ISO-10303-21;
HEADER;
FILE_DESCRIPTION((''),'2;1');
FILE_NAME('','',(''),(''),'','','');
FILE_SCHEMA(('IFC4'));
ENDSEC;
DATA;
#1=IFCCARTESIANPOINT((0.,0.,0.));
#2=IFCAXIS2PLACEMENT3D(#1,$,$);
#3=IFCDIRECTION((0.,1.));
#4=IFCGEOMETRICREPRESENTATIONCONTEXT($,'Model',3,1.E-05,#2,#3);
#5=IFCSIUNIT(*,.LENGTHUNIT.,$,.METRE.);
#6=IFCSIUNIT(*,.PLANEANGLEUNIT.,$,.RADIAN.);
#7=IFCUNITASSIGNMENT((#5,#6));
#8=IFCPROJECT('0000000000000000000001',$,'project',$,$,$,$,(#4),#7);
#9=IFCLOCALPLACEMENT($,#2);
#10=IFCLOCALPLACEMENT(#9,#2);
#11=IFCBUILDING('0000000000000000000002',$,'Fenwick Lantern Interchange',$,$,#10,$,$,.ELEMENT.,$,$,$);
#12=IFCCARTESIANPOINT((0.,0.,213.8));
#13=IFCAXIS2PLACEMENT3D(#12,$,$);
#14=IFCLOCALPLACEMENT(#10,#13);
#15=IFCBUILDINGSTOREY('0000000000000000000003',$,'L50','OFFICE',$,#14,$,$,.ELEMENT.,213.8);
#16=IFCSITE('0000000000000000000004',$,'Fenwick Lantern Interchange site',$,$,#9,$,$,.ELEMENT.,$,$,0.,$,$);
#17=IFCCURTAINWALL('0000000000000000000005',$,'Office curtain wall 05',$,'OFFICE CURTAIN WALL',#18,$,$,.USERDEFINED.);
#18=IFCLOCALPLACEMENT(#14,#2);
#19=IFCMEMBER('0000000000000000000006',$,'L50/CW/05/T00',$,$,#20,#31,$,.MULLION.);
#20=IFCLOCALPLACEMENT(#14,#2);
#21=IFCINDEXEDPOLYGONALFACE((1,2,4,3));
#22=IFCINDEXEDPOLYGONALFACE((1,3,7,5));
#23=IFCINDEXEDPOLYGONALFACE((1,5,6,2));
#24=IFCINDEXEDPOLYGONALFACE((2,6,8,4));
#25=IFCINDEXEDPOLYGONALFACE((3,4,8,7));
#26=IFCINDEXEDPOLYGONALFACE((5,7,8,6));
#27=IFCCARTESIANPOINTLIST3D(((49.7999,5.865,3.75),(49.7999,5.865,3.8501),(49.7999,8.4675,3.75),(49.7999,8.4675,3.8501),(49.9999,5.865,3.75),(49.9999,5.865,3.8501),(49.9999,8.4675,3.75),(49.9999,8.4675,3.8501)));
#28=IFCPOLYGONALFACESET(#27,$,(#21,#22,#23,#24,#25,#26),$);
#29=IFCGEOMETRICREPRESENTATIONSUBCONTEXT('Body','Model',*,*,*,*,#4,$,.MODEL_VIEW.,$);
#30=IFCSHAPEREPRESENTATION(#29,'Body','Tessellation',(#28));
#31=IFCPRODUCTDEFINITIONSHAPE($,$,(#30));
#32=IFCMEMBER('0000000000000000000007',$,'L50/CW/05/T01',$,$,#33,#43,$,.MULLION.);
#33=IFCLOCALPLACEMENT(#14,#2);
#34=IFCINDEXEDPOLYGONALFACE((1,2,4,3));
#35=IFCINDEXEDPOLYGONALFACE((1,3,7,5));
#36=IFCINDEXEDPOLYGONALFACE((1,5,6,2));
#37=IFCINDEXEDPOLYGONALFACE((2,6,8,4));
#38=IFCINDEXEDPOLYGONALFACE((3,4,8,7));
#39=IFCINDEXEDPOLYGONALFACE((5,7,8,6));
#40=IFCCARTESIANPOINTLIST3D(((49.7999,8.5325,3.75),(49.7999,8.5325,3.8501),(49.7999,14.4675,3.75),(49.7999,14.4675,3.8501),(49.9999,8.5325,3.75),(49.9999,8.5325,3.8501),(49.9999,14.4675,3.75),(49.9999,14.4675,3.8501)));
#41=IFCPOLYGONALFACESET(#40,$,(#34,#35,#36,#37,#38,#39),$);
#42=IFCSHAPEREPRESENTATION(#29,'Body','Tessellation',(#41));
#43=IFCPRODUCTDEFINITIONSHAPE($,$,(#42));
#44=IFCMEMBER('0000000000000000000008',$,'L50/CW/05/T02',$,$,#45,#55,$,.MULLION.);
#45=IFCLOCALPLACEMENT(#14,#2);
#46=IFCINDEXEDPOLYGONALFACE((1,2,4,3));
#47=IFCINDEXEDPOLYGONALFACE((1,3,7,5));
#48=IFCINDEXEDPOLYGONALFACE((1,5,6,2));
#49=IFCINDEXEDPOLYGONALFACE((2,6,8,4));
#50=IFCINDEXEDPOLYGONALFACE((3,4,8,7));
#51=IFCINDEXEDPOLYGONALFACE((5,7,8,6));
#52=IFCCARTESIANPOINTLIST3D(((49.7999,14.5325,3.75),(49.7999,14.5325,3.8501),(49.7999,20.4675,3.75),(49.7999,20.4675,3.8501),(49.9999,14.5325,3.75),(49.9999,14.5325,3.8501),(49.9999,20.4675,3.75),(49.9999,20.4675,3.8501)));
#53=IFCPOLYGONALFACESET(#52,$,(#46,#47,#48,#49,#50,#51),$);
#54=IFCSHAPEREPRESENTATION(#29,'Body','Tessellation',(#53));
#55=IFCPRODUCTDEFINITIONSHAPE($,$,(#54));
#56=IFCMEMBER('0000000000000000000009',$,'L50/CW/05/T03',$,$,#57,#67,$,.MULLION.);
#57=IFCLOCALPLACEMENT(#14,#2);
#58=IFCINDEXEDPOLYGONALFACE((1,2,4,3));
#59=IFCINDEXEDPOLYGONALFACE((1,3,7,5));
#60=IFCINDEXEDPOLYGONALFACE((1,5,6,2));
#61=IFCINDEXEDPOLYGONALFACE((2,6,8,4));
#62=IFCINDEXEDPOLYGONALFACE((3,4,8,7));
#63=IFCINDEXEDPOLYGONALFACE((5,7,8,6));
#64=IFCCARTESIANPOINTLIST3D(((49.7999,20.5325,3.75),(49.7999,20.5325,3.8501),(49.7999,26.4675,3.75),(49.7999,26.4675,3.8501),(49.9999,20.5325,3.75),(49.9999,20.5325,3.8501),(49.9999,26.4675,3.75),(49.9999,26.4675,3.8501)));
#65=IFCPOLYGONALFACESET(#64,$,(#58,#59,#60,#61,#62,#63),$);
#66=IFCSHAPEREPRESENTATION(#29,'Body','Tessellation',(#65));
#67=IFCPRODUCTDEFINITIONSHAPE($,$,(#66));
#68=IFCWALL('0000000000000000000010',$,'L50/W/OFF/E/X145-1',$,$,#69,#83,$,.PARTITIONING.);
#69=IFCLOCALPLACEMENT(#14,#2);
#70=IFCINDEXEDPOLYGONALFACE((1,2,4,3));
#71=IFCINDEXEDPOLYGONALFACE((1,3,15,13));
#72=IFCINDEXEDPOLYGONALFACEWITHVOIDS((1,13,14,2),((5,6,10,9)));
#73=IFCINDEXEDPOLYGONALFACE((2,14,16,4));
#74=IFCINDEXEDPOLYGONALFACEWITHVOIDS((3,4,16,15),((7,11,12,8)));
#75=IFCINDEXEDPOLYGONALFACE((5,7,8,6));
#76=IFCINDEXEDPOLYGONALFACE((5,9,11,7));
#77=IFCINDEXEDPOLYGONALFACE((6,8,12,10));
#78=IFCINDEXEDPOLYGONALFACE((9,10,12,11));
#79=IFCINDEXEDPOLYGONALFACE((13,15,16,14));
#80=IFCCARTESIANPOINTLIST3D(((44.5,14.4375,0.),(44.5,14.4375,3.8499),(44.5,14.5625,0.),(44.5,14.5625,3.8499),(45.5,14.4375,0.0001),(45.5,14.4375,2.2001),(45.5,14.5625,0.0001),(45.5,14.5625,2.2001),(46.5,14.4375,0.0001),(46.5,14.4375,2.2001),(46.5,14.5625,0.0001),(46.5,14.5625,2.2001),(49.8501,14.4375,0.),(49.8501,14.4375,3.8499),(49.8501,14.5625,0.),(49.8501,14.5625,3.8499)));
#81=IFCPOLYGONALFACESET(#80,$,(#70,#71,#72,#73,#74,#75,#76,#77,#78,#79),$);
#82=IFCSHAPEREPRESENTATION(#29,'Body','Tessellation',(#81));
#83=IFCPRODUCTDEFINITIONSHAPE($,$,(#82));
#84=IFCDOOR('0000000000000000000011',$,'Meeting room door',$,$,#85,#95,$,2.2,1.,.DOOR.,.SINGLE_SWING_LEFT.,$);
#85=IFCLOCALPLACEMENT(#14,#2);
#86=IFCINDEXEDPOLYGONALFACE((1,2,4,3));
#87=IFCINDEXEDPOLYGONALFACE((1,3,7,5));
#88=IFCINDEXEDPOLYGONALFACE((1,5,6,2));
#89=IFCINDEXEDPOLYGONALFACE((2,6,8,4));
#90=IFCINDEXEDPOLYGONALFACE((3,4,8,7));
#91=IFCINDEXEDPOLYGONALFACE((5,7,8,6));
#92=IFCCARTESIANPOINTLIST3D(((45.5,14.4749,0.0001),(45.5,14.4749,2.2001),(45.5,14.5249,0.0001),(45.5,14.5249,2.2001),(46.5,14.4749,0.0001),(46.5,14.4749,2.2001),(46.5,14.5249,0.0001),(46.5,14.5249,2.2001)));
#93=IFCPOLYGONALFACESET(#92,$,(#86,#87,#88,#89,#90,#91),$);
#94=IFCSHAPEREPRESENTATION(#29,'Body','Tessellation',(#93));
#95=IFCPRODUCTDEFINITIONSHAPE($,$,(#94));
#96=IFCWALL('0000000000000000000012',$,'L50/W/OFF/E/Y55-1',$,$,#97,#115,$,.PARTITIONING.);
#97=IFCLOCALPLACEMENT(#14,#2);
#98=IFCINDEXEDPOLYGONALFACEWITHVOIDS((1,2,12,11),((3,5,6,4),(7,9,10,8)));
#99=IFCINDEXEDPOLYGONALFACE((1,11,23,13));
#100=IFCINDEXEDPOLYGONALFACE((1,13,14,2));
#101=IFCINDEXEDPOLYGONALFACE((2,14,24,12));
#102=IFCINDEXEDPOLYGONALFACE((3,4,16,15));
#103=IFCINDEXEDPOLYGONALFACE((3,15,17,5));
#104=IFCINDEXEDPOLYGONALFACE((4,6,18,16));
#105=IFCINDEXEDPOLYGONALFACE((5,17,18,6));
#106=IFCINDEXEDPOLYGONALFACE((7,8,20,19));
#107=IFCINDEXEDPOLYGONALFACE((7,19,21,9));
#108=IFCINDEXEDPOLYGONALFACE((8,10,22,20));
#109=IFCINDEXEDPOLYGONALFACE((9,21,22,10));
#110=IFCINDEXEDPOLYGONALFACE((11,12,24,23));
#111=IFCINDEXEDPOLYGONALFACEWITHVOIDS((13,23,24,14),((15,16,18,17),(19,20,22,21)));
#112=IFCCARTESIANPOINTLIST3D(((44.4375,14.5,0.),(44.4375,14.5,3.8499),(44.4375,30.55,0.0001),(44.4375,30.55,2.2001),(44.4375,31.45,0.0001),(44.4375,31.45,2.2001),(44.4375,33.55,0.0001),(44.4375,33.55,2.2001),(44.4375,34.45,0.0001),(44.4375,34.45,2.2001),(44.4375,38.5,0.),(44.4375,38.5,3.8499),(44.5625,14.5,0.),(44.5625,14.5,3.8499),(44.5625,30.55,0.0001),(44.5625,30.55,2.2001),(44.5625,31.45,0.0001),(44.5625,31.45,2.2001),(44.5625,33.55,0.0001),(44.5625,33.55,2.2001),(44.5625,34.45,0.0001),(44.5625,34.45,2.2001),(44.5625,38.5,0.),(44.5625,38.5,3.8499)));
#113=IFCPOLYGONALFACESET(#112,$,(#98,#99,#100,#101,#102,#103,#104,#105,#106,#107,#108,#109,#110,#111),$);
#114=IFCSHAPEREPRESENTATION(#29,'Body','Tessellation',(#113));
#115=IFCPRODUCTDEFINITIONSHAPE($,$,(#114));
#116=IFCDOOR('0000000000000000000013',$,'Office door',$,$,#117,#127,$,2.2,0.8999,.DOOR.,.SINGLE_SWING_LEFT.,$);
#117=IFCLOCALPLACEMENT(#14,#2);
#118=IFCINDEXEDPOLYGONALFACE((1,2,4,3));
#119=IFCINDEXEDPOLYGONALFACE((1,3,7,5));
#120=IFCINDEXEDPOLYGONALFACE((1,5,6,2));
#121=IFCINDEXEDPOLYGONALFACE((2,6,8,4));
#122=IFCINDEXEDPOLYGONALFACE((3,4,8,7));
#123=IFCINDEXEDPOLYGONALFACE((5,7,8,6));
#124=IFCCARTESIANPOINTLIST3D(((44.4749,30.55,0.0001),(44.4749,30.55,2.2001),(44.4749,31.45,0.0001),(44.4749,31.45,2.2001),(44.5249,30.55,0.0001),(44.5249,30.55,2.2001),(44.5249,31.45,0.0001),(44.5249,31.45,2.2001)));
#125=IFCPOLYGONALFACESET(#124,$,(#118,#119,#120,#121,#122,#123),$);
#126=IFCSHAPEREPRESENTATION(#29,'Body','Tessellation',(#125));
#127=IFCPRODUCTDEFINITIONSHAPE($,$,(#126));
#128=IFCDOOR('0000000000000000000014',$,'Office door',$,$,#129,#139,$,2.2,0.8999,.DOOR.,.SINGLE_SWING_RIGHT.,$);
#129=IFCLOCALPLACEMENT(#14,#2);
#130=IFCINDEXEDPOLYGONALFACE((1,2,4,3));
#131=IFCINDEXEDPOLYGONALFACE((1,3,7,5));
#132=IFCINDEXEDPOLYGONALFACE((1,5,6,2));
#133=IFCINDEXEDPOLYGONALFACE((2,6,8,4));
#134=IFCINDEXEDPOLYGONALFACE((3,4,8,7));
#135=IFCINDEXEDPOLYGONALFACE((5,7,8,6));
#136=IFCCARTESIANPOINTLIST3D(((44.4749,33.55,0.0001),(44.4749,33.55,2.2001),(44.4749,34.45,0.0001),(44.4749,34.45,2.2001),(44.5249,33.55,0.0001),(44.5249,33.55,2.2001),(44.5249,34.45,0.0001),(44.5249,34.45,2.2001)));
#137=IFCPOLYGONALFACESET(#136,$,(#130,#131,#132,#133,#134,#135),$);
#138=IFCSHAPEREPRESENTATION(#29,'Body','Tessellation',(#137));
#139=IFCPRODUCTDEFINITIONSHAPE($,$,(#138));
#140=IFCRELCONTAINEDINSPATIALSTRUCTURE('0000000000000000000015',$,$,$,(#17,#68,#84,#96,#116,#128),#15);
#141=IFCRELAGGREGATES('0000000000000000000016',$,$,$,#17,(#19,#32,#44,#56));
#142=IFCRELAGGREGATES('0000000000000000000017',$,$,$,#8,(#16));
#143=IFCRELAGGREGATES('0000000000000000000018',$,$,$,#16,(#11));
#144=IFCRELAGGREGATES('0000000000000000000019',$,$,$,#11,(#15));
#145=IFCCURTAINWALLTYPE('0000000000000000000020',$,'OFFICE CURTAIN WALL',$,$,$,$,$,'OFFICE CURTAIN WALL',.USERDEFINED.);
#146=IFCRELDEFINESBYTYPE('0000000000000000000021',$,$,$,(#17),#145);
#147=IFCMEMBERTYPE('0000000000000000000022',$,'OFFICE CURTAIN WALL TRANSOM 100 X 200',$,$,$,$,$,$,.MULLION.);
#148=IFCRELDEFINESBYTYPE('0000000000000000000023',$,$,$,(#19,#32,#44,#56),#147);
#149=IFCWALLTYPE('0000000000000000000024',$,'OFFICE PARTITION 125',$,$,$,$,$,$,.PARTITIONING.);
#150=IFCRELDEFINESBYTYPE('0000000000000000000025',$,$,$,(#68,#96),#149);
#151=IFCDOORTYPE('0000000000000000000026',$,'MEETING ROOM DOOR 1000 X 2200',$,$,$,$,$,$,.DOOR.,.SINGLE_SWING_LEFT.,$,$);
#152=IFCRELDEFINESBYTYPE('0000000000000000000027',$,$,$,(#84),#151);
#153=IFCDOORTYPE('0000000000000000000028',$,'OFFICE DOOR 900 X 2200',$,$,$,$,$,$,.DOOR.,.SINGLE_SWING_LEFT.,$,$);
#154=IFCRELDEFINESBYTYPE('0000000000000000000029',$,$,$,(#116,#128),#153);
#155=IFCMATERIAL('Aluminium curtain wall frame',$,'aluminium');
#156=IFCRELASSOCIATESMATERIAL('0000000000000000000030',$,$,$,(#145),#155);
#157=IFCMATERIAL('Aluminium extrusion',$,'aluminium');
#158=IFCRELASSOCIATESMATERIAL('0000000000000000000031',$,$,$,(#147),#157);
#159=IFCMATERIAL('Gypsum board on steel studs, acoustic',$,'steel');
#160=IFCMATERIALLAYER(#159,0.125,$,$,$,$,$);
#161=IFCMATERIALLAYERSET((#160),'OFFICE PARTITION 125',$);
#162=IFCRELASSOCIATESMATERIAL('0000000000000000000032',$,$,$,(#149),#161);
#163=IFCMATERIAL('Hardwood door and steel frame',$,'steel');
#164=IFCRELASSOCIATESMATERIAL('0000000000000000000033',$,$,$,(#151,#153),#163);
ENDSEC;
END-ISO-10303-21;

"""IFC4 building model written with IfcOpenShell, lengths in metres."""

from ifc_helpers import new_model, si_unit, direction, frame, frame_2d, origin, origin_2d, place, context, subcontext, project, spatial, rectangle, extrude, material, layer, layer_set, material_profile, profile_set, type_object, element, fill, aggregate, save


model = new_model("IFC4")

# Units and contexts
model_context = context("Model", 3, precision=1e-05, world=origin(), true_north=direction((0.0, 1.0)))
body_context = subcontext(model_context, "Body", "Model", "MODEL_VIEW")
ifc_project = project(units=[si_unit("LENGTHUNIT", "METRE"), si_unit("PLANEANGLEUNIT", "RADIAN")], contexts=[model_context])

# Site, building, storey
site_placement = place(None, origin())
site = spatial("IfcSite", under=ifc_project, at=site_placement, Name="Fenwick Lantern Interchange site", CompositionType="ELEMENT", RefElevation=0.0)
building_placement = place(site_placement, origin())
building = spatial("IfcBuilding", under=site, at=building_placement, Name="Fenwick Lantern Interchange", CompositionType="ELEMENT")
storey_placement = place(building_placement, frame((0.0, 0.0, 213.8)))
storey = spatial("IfcBuildingStorey", under=building, at=storey_placement, Name="L50", Description="OFFICE", CompositionType="ELEMENT", Elevation=213.8)

# Curtain wall, members
ifc_material_1 = material(Name="Aluminium curtain wall frame", Category="aluminium")
curtain_wall_type = type_object("IfcCurtainWallType", Name="OFFICE CURTAIN WALL", ElementType="OFFICE CURTAIN WALL", PredefinedType="USERDEFINED", material=ifc_material_1)
curtain_wall_placement = place(storey_placement, origin())
curtain_wall = element("IfcCurtainWall", 1, at=curtain_wall_placement, inside=storey, type_object=curtain_wall_type, Name="Office curtain wall 05", ObjectType="OFFICE CURTAIN WALL", PredefinedType="USERDEFINED")
ifc_material_2 = material(Name="Aluminium extrusion", Category="aluminium")
ifc_material_profile_1 = material_profile(ifc_material_2, rectangle(XDim=0.2, YDim=0.1001, at=origin_2d()), Name="OFFICE CURTAIN WALL TRANSOM 100 X 200")
ifc_profile_set_1 = profile_set([ifc_material_profile_1], Name="Aluminium extrusion")
member_type_1 = type_object("IfcMemberType", Name="OFFICE CURTAIN WALL TRANSOM 100 X 200", PredefinedType="MULLION", material=ifc_profile_set_1)
member_1_placement = place(storey_placement, frame((49.8999, 5.865, 3.8), z_axis=(0.0, 1.0, 0.0), x_axis=(-1.0, 0.0, 0.0)))
member_1 = element("IfcMember", 2, at=member_1_placement, type_object=member_type_1, Name="L50/CW/05/T00", PredefinedType="MULLION", context=body_context, shape_type="SweptSolid", body=[
    extrude(rectangle(XDim=0.2, YDim=0.1001, at=origin_2d()), origin(), (0.0, 0.0, 1.0), 2.6025),
])
member_2_placement = place(storey_placement, frame((49.8999, 8.5325, 3.8), z_axis=(0.0, 1.0, 0.0), x_axis=(-1.0, 0.0, 0.0)))
member_2 = element("IfcMember", 3, at=member_2_placement, type_object=member_type_1, Name="L50/CW/05/T01", PredefinedType="MULLION", context=body_context, shape_type="SweptSolid", body=[
    extrude(rectangle(XDim=0.2, YDim=0.1001, at=origin_2d()), origin(), (0.0, 0.0, 1.0), 5.9351),
])
member_3_placement = place(storey_placement, frame((49.8999, 14.5325, 3.8), z_axis=(0.0, 1.0, 0.0), x_axis=(-1.0, 0.0, 0.0)))
member_3 = element("IfcMember", 4, at=member_3_placement, type_object=member_type_1, Name="L50/CW/05/T02", PredefinedType="MULLION", context=body_context, shape_type="SweptSolid", body=[
    extrude(rectangle(XDim=0.2, YDim=0.1001, at=origin_2d()), origin(), (0.0, 0.0, 1.0), 5.9351),
])
member_4_placement = place(storey_placement, frame((49.8999, 20.5325, 3.8), z_axis=(0.0, 1.0, 0.0), x_axis=(-1.0, 0.0, 0.0)))
member_4 = element("IfcMember", 5, at=member_4_placement, type_object=member_type_1, Name="L50/CW/05/T03", PredefinedType="MULLION", context=body_context, shape_type="SweptSolid", body=[
    extrude(rectangle(XDim=0.2, YDim=0.1001, at=origin_2d()), origin(), (0.0, 0.0, 1.0), 5.9351),
])
aggregate(curtain_wall, [member_1, member_2, member_3, member_4])

# Wall, opening, door
ifc_material_3 = material(Name="Gypsum board on steel studs, acoustic", Category="steel")
ifc_layer_1 = layer(ifc_material_3, 0.125)
ifc_layer_set_1 = layer_set([ifc_layer_1], Name="OFFICE PARTITION 125")
wall_type = type_object("IfcWallType", Name="OFFICE PARTITION 125", PredefinedType="PARTITIONING", material=ifc_layer_set_1)
wall_1_placement = place(storey_placement, frame((49.8501, 14.5, 0.0), z_axis=(0.0, 0.0, 1.0), x_axis=(-1.0, 0.0, 0.0)))
wall_1 = element("IfcWall", 6, at=wall_1_placement, inside=storey, type_object=wall_type, Name="L50/W/OFF/E/X145-1", PredefinedType="PARTITIONING", context=body_context, shape_type="SweptSolid", body=[
    extrude(rectangle(XDim=5.3501, YDim=0.125, at=frame_2d((2.675, 0.0))), origin(), (0.0, 0.0, 1.0), 3.8499),
])
opening_1_placement = place(wall_1_placement, frame((3.3501, 0.0, 0.0)))
opening_1 = element("IfcOpeningElement", 7, at=opening_1_placement, cuts=wall_1, PredefinedType="OPENING", context=body_context, shape_type="SweptSolid", body=[
    extrude(rectangle(XDim=1.0, YDim=2.2, at=frame_2d((0.5, 1.1001))), frame((0.0, 0.0725, 0.0), z_axis=(0.0, -1.0, 0.0), x_axis=(1.0, 0.0, 0.0)), (0.0, 0.0, 1.0), 0.145),
])
ifc_material_4 = material(Name="Hardwood door and steel frame", Category="steel")
door_type_1 = type_object("IfcDoorType", Name="MEETING ROOM DOOR 1000 X 2200", OperationType="SINGLE_SWING_LEFT", PredefinedType="DOOR", material=ifc_material_4)
door_1_placement = place(opening_1_placement, frame((1.0, 0.0, 0.0), z_axis=(0.0, 0.0, 1.0), x_axis=(-1.0, 0.0, 0.0)))
door_1 = element("IfcDoor", 8, at=door_1_placement, inside=storey, type_object=door_type_1, Name="Meeting room door", OperationType="SINGLE_SWING_LEFT", OverallHeight=2.2, OverallWidth=1.0, PredefinedType="DOOR", context=body_context, shape_type="SweptSolid", body=[
    extrude(rectangle(XDim=1.0, YDim=2.2, at=frame_2d((0.5, 1.1001))), frame((0.0, 0.0249, 0.0), z_axis=(0.0, -1.0, 0.0), x_axis=(1.0, 0.0, 0.0)), (0.0, 0.0, 1.0), 0.05),
])
fill(opening_1, door_1)

# Wall, openings, doors
wall_2_placement = place(storey_placement, frame((44.5, 14.5, 0.0), z_axis=(0.0, 0.0, 1.0), x_axis=(0.0, 1.0, 0.0)))
wall_2 = element("IfcWall", 9, at=wall_2_placement, inside=storey, type_object=wall_type, Name="L50/W/OFF/E/Y55-1", PredefinedType="PARTITIONING", context=body_context, shape_type="SweptSolid", body=[
    extrude(rectangle(XDim=24.0, YDim=0.125, at=frame_2d((12.0, 0.0))), origin(), (0.0, 0.0, 1.0), 3.8499),
])
opening_2_placement = place(wall_2_placement, frame((16.05, 0.0, 0.0)))
opening_2 = element("IfcOpeningElement", 10, at=opening_2_placement, cuts=wall_2, PredefinedType="OPENING", context=body_context, shape_type="SweptSolid", body=[
    extrude(rectangle(XDim=0.8999, YDim=2.2, at=frame_2d((0.45, 1.1001))), frame((0.0, 0.0725, 0.0), z_axis=(0.0, -1.0, 0.0), x_axis=(1.0, 0.0, 0.0)), (0.0, 0.0, 1.0), 0.145),
])
opening_3_placement = place(wall_2_placement, frame((19.05, 0.0, 0.0)))
opening_3 = element("IfcOpeningElement", 11, at=opening_3_placement, cuts=wall_2, PredefinedType="OPENING", context=body_context, shape_type="SweptSolid", body=[
    extrude(rectangle(XDim=0.8999, YDim=2.2, at=frame_2d((0.45, 1.1001))), frame((0.0, 0.0725, 0.0), z_axis=(0.0, -1.0, 0.0), x_axis=(1.0, 0.0, 0.0)), (0.0, 0.0, 1.0), 0.145),
])
door_type_2 = type_object("IfcDoorType", Name="OFFICE DOOR 900 X 2200", OperationType="SINGLE_SWING_LEFT", PredefinedType="DOOR", material=ifc_material_4)
door_2_placement = place(opening_2_placement, frame((0.8999, 0.0, 0.0), z_axis=(0.0, 0.0, 1.0), x_axis=(-1.0, 0.0, 0.0)))
door_2 = element("IfcDoor", 12, at=door_2_placement, inside=storey, type_object=door_type_2, Name="Office door", OperationType="SINGLE_SWING_LEFT", OverallHeight=2.2, OverallWidth=0.8999, PredefinedType="DOOR", context=body_context, shape_type="SweptSolid", body=[
    extrude(rectangle(XDim=0.8999, YDim=2.2, at=frame_2d((0.45, 1.1001))), frame((0.0, 0.0249, 0.0), z_axis=(0.0, -1.0, 0.0), x_axis=(1.0, 0.0, 0.0)), (0.0, 0.0, 1.0), 0.05),
])
fill(opening_2, door_2)
door_3_placement = place(opening_3_placement, frame((0.8999, 0.0, 0.0), z_axis=(0.0, 0.0, 1.0), x_axis=(-1.0, 0.0, 0.0)))
door_3 = element("IfcDoor", 13, at=door_3_placement, inside=storey, type_object=door_type_2, Name="Office door", OperationType="SINGLE_SWING_RIGHT", OverallHeight=2.2, OverallWidth=0.8999, PredefinedType="DOOR", context=body_context, shape_type="SweptSolid", body=[
    extrude(rectangle(XDim=0.8999, YDim=2.2, at=frame_2d((0.45, 1.1001))), frame((0.0, 0.0249, 0.0), z_axis=(0.0, -1.0, 0.0), x_axis=(1.0, 0.0, 0.0)), (0.0, 0.0, 1.0), 0.05),
])
fill(opening_3, door_3)

save(model, "model.ifc")
